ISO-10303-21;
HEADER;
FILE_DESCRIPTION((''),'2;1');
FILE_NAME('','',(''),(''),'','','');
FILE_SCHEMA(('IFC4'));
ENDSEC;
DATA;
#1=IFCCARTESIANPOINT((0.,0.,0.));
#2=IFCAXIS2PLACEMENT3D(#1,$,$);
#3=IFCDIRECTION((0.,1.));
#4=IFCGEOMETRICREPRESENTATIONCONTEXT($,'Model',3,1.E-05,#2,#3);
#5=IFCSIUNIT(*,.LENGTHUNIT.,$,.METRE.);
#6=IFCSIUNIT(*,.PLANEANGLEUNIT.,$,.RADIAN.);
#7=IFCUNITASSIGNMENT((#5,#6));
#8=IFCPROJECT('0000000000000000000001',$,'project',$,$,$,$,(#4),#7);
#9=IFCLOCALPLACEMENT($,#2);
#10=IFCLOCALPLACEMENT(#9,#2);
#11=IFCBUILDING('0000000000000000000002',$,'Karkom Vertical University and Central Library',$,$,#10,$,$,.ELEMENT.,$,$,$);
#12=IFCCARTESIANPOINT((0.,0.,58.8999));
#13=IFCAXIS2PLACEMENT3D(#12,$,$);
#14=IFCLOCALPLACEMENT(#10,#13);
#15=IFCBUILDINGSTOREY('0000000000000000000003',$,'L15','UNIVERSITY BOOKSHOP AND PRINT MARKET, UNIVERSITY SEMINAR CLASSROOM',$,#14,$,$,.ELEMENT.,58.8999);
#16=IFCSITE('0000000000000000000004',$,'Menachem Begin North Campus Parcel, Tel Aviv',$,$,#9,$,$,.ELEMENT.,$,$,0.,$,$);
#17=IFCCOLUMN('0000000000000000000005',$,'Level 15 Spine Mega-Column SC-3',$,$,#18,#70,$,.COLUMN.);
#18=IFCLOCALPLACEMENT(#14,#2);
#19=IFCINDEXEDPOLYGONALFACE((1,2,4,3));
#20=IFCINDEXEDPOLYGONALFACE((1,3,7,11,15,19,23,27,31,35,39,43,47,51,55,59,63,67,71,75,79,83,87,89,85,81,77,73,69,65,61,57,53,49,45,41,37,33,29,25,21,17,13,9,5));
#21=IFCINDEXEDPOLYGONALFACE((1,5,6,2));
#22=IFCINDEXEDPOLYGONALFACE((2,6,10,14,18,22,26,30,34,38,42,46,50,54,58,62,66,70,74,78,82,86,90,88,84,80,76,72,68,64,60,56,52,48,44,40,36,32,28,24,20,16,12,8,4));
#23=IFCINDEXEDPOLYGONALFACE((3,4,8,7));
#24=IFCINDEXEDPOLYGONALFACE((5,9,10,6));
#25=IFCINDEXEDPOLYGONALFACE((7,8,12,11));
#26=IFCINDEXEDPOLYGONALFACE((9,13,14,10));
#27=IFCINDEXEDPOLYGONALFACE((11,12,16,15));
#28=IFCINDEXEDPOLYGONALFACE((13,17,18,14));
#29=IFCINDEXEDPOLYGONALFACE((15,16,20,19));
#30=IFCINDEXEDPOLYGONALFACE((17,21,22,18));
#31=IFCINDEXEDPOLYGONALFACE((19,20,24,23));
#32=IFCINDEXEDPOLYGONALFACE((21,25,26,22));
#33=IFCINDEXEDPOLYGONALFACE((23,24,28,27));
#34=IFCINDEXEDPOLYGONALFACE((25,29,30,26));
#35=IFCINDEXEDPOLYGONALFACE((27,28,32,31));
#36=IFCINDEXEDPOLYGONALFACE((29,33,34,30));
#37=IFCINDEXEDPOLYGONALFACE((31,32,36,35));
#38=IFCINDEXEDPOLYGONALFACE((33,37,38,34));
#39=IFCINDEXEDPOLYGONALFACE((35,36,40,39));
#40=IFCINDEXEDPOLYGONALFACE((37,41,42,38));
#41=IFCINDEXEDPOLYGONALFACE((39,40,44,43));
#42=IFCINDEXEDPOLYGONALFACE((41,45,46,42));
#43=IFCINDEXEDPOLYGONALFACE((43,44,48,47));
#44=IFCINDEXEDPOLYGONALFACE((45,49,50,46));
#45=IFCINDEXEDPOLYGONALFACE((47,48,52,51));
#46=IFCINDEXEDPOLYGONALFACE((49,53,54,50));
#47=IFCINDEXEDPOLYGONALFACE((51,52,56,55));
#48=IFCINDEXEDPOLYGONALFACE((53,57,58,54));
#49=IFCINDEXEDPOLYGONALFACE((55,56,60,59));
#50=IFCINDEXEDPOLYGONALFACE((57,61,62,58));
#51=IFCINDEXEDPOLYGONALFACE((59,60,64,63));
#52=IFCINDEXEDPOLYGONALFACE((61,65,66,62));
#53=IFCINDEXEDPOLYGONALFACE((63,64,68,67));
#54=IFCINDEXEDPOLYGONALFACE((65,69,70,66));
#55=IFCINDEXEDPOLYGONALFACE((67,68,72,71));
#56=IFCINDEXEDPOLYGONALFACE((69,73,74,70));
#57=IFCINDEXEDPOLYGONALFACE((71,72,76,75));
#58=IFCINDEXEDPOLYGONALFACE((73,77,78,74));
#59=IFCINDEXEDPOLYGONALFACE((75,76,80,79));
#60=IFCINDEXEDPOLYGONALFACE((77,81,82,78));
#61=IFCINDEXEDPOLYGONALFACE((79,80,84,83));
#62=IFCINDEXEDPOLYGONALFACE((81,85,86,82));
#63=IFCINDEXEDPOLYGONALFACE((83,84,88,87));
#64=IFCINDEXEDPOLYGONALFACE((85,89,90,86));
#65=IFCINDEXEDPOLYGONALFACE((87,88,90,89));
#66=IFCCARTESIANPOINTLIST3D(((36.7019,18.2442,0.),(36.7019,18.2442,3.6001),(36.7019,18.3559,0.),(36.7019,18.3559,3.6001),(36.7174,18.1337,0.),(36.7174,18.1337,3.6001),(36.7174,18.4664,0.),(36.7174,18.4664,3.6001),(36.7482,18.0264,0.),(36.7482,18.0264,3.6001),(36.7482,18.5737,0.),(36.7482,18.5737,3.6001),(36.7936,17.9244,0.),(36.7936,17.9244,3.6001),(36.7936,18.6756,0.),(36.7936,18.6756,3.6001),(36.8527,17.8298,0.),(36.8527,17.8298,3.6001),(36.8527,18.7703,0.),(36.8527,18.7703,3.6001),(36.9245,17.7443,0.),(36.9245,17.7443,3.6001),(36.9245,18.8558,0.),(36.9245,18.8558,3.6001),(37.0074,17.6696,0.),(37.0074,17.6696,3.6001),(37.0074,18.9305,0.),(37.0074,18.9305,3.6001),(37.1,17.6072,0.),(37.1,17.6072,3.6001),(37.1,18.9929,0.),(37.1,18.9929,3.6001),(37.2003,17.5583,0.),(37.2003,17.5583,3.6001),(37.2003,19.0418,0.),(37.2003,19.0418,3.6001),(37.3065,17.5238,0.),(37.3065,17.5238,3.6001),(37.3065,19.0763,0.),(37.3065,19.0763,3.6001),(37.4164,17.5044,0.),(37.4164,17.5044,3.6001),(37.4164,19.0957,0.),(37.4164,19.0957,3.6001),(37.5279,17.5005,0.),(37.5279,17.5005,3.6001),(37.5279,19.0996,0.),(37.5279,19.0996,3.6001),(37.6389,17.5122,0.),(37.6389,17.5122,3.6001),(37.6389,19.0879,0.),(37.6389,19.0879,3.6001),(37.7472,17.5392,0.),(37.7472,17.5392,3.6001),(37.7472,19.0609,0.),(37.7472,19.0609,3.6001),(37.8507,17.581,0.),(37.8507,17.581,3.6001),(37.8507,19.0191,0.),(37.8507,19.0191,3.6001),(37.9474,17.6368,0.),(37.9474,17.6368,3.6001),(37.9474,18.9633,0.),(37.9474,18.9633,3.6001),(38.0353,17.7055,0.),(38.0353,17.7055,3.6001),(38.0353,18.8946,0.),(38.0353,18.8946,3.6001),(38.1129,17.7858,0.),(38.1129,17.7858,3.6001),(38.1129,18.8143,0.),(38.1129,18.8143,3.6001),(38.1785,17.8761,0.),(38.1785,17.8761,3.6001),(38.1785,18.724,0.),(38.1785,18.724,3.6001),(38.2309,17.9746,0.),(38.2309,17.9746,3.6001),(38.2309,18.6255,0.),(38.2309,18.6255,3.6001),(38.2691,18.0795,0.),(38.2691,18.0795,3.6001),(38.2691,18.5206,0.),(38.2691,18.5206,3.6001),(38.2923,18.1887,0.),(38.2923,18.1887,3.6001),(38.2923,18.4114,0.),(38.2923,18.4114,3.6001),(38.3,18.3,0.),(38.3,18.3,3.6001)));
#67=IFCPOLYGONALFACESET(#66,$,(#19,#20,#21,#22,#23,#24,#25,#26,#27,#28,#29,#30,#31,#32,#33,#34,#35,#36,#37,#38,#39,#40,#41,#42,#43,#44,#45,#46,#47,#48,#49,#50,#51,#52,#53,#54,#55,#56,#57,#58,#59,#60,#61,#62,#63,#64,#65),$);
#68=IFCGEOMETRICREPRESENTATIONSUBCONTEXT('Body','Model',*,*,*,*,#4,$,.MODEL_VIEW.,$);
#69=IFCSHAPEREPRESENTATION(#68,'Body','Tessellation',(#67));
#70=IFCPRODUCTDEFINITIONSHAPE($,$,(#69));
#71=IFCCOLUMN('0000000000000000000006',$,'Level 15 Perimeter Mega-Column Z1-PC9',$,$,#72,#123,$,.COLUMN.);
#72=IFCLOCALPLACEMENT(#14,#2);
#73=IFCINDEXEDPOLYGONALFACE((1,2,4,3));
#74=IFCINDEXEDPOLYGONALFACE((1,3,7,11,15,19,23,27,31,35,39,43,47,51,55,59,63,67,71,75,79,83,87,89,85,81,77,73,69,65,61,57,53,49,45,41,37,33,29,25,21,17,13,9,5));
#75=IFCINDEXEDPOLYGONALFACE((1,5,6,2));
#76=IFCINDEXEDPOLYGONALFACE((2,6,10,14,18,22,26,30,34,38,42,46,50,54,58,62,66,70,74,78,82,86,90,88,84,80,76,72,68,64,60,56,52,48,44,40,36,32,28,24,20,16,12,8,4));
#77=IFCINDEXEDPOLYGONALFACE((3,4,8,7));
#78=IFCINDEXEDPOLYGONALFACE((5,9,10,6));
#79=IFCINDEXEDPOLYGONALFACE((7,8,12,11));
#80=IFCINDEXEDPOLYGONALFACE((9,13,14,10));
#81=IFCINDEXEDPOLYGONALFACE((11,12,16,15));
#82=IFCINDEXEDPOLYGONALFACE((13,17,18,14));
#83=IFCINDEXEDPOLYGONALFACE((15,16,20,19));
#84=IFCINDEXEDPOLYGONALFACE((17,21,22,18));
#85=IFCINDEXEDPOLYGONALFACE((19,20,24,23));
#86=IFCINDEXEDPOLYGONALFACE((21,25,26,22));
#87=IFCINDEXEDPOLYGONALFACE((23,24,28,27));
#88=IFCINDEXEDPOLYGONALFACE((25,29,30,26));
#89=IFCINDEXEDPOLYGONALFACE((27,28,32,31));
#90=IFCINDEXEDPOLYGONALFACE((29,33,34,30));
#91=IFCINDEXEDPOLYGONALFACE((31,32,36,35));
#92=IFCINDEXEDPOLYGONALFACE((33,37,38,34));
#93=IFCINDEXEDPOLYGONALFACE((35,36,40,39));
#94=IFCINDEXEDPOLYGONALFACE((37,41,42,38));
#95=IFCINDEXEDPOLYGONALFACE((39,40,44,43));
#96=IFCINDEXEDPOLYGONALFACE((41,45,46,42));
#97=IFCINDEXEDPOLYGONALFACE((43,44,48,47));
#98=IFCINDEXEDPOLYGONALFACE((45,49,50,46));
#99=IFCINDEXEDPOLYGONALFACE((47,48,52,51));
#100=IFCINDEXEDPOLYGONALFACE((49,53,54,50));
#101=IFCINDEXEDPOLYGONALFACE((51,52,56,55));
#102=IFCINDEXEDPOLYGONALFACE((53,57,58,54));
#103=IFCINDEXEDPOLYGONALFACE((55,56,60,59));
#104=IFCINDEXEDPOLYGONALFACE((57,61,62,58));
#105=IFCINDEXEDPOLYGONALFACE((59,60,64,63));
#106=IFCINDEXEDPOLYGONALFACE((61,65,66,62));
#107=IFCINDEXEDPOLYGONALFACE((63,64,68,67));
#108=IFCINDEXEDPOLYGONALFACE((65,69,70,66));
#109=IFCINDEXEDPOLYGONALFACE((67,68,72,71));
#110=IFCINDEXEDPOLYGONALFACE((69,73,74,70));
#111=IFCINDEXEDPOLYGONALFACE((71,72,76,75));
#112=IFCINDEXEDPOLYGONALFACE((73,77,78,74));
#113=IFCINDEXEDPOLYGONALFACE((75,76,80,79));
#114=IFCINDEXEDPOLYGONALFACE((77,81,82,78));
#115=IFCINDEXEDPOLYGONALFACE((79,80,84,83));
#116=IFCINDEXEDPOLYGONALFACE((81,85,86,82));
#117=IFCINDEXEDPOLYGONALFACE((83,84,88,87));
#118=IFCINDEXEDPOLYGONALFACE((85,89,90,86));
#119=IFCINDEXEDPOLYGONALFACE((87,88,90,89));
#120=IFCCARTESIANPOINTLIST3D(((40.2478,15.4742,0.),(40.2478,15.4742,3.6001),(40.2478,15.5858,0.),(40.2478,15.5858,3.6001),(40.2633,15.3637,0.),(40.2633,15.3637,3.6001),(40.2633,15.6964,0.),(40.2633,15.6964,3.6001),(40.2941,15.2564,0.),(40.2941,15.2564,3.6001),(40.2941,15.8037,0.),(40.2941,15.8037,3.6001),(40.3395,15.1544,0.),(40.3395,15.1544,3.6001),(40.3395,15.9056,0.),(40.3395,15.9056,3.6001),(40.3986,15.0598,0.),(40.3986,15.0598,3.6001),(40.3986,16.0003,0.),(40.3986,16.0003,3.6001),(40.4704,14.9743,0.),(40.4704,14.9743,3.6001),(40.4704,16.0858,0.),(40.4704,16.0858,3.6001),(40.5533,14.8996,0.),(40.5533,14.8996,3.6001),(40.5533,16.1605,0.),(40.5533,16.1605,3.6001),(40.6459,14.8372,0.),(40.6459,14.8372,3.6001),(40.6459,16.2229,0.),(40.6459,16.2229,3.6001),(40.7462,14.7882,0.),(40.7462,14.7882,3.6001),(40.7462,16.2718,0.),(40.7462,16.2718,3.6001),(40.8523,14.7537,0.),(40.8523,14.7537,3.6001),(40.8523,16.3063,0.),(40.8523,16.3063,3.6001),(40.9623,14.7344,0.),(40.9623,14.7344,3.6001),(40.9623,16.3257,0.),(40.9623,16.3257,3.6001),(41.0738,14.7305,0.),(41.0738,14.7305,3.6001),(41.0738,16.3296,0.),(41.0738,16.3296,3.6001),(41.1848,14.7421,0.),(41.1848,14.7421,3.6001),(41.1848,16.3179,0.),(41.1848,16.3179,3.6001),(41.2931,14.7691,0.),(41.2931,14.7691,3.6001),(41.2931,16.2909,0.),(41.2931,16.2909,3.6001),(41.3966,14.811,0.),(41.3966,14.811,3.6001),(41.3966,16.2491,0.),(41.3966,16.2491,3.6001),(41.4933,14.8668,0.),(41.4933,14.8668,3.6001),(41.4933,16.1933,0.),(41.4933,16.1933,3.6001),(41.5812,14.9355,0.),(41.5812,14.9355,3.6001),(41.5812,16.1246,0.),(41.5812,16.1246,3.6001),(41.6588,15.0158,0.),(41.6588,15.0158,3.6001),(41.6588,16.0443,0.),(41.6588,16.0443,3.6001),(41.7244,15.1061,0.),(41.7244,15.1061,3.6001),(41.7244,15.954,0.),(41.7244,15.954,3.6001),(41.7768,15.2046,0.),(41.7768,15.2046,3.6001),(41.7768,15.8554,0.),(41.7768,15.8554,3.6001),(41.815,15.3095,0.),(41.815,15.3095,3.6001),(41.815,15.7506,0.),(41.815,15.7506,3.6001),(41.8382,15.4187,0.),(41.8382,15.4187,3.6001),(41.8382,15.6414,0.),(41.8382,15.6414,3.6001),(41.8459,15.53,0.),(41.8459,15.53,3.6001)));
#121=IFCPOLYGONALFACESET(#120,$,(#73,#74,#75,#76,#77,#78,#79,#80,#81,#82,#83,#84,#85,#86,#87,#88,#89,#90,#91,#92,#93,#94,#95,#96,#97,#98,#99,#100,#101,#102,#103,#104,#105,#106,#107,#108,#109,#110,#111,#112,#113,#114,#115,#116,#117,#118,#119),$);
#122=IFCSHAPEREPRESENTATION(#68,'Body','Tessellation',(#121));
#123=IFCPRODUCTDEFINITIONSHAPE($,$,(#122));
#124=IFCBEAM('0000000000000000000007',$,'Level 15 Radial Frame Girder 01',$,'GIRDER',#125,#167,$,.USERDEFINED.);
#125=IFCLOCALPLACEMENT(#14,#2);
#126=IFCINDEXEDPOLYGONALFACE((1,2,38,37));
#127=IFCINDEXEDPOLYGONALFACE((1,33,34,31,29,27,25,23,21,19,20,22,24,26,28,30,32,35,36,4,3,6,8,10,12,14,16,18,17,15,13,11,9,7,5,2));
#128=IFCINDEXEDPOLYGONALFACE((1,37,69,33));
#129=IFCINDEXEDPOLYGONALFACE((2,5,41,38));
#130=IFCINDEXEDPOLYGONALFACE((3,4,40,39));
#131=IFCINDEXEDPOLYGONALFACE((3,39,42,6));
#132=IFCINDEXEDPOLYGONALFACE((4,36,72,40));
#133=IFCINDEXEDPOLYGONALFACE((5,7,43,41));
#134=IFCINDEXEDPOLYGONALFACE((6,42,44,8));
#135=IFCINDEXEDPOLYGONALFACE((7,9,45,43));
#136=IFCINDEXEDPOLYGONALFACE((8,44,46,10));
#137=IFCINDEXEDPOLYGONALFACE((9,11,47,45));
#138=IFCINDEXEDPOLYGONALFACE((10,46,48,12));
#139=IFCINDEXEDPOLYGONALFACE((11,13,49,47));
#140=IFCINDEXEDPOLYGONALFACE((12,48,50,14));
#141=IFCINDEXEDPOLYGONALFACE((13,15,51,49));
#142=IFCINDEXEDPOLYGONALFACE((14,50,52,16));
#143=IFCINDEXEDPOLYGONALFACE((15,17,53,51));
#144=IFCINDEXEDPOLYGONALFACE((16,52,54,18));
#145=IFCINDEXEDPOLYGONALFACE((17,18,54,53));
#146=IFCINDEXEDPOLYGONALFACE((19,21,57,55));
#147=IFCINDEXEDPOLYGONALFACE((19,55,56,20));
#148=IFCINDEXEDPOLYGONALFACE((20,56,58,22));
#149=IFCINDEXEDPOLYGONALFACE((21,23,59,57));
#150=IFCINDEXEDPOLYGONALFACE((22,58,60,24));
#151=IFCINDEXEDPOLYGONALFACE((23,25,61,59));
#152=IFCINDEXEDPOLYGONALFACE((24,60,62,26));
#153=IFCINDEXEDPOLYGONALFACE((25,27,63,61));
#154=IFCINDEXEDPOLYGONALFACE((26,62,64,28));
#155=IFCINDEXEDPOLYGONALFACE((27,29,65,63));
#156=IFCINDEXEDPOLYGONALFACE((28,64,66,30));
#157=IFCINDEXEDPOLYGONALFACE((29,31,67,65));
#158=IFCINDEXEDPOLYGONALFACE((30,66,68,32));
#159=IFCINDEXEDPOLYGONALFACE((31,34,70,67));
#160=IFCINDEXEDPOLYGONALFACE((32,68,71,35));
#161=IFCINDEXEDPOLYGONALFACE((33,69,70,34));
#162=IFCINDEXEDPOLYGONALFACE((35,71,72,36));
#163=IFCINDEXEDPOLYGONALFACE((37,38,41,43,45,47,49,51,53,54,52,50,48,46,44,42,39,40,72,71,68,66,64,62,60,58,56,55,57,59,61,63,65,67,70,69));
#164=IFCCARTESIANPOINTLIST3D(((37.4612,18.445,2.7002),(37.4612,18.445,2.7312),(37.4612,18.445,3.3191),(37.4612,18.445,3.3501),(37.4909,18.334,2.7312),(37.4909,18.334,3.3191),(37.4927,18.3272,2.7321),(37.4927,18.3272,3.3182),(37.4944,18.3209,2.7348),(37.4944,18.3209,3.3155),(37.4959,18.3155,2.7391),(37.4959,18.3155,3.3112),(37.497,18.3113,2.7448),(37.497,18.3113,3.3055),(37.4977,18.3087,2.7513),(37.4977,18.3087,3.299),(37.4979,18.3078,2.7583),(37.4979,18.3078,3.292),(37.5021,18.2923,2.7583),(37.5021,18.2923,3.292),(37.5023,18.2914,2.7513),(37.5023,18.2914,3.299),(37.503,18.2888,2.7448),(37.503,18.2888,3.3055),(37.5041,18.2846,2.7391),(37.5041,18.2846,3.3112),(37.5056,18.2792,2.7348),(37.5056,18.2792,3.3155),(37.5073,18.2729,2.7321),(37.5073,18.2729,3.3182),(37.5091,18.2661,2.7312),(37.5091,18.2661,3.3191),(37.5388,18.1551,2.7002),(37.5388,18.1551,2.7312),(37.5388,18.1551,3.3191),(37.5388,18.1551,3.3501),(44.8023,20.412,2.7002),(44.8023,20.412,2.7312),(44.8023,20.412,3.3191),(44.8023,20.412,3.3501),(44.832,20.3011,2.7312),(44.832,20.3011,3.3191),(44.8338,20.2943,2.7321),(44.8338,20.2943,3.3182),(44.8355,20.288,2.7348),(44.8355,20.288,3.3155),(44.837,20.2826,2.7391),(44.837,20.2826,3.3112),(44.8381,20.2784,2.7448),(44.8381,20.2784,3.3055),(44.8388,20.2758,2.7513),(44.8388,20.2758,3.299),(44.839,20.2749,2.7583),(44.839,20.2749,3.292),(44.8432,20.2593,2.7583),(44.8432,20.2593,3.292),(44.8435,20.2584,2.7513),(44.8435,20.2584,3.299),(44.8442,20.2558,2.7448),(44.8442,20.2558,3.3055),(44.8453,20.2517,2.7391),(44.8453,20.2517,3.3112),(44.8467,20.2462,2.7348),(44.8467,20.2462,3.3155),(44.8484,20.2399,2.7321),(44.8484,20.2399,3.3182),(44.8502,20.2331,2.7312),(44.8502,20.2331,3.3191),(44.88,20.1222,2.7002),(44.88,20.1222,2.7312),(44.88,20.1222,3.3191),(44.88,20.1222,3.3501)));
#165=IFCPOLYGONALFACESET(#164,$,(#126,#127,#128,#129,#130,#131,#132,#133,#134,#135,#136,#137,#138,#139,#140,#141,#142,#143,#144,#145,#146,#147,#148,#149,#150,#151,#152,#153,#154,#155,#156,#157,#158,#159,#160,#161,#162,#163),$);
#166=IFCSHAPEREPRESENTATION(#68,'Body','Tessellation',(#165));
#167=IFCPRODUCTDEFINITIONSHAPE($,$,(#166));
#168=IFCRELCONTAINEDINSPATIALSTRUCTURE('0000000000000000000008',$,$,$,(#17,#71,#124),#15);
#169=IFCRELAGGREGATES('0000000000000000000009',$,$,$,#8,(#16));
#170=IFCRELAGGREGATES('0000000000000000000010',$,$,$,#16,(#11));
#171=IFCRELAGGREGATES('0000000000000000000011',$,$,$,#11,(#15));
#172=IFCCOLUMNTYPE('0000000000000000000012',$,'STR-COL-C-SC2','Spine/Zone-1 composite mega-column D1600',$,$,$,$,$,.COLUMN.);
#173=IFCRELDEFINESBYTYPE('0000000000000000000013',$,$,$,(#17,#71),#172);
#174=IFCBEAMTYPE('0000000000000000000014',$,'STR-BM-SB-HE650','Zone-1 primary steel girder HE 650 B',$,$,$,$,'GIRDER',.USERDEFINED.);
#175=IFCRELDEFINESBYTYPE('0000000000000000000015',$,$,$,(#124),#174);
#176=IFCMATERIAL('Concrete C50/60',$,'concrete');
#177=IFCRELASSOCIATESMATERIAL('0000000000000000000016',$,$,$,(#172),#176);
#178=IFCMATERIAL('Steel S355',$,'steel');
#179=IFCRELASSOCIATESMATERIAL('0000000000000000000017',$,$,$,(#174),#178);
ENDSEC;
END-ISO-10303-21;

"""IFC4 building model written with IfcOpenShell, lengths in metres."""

from ifc_helpers import new_model, si_unit, direction, frame, origin, origin_with_axes, origin_2d, place, context, subcontext, project, spatial, circle, i_section, extrude, source, transform, mapped, material, material_profile, profile_set, type_object, element, save


model = new_model("IFC4")

# Units and contexts
model_context = context("Model", 3, precision=1e-05, world=origin(), true_north=direction((0.0, 1.0)))
body_context = subcontext(model_context, "Body", "Model", "MODEL_VIEW")
ifc_project = project(units=[si_unit("LENGTHUNIT", "METRE"), si_unit("PLANEANGLEUNIT", "RADIAN")], contexts=[model_context])

# Site, building, storey
site_placement = place(None, origin())
site = spatial("IfcSite", under=ifc_project, at=site_placement, Name="Menachem Begin North Campus Parcel, Tel Aviv", CompositionType="ELEMENT", RefElevation=0.0)
building_placement = place(site_placement, origin())
building = spatial("IfcBuilding", under=site, at=building_placement, Name="Karkom Vertical University and Central Library", CompositionType="ELEMENT")
storey_placement = place(building_placement, frame((0.0, 0.0, 58.8999)))
storey = spatial("IfcBuildingStorey", under=building, at=storey_placement, Name="L15", Description="UNIVERSITY BOOKSHOP AND PRINT MARKET, UNIVERSITY SEMINAR CLASSROOM", CompositionType="ELEMENT", Elevation=58.8999)

# Columns
ifc_material_1 = material(Name="Concrete C50/60", Category="concrete")
ifc_material_profile_1 = material_profile(ifc_material_1, circle(Radius=0.8, at=origin_2d()), Name="CFT-D1600")
ifc_profile_set_1 = profile_set([ifc_material_profile_1], Name="Concrete C50/60")
column_type = type_object("IfcColumnType", Name="STR-COL-C-SC2", Description="Spine/Zone-1 composite mega-column D1600", PredefinedType="COLUMN", material=ifc_profile_set_1)
shared_shape_1 = source(origin_with_axes(), body_context, "Body", "SweptSolid", [
    extrude(circle(Radius=0.8, at=origin_2d()), origin(), (0.0, 0.0, 1.0), 3.6001),
])
for number, where, z_axis, x_axis, name in (
    (1, (37.5, 18.3, 0.0), (0.0, 0.0, 1.0), (1.0, 0.0, 0.0), "Level 15 Spine Mega-Column SC-3"),
    (2, (41.0459, 15.53, 0.0), (0.0, 0.0, 1.0), (1.0, 0.0, 0.0), "Level 15 Perimeter Mega-Column Z1-PC9"),
):
    element("IfcColumn", number, at=place(storey_placement, frame(where, z_axis=z_axis, x_axis=x_axis)), inside=storey, type_object=column_type, Name=name, PredefinedType="COLUMN", context=body_context, shape_type="MappedRepresentation", body=[
        mapped(shared_shape_1, transform((0.0, 0.0, 0.0), scale=1.0)),
    ])

# Beam
ifc_material_2 = material(Name="Steel S355", Category="steel")
ifc_material_profile_2 = material_profile(ifc_material_2, i_section(OverallWidth=0.3, OverallDepth=0.6499, WebThickness=0.0161, FlangeThickness=0.031, FilletRadius=0.0271, at=origin_2d()), Name="HE 650 B")
ifc_profile_set_2 = profile_set([ifc_material_profile_2], Name="Steel S355")
beam_type_1 = type_object("IfcBeamType", Name="STR-BM-SB-HE650", Description="Zone-1 primary steel girder HE 650 B", ElementType="GIRDER", PredefinedType="USERDEFINED", material=ifc_profile_set_2)
shared_shape_2 = source(origin_with_axes(), body_context, "Body", "SweptSolid", [
    extrude(i_section(OverallWidth=0.3, OverallDepth=0.6499, WebThickness=0.0161, FlangeThickness=0.031, FilletRadius=0.0271, at=origin_2d()), origin(), (0.0, 0.0, 1.0), 7.6001),
])
beam_1_placement = place(storey_placement, frame((37.5, 18.3, 3.0251), z_axis=(0.965926, 0.25882, 0.0), x_axis=(-0.25882, 0.965926, 0.0)))
element("IfcBeam", 3, at=beam_1_placement, inside=storey, type_object=beam_type_1, Name="Level 15 Radial Frame Girder 01", ObjectType="GIRDER", PredefinedType="USERDEFINED", context=body_context, shape_type="MappedRepresentation", body=[
    mapped(shared_shape_2, transform((0.0, 0.0, 0.0), scale=1.0)),
])

save(model, "model.ifc")
